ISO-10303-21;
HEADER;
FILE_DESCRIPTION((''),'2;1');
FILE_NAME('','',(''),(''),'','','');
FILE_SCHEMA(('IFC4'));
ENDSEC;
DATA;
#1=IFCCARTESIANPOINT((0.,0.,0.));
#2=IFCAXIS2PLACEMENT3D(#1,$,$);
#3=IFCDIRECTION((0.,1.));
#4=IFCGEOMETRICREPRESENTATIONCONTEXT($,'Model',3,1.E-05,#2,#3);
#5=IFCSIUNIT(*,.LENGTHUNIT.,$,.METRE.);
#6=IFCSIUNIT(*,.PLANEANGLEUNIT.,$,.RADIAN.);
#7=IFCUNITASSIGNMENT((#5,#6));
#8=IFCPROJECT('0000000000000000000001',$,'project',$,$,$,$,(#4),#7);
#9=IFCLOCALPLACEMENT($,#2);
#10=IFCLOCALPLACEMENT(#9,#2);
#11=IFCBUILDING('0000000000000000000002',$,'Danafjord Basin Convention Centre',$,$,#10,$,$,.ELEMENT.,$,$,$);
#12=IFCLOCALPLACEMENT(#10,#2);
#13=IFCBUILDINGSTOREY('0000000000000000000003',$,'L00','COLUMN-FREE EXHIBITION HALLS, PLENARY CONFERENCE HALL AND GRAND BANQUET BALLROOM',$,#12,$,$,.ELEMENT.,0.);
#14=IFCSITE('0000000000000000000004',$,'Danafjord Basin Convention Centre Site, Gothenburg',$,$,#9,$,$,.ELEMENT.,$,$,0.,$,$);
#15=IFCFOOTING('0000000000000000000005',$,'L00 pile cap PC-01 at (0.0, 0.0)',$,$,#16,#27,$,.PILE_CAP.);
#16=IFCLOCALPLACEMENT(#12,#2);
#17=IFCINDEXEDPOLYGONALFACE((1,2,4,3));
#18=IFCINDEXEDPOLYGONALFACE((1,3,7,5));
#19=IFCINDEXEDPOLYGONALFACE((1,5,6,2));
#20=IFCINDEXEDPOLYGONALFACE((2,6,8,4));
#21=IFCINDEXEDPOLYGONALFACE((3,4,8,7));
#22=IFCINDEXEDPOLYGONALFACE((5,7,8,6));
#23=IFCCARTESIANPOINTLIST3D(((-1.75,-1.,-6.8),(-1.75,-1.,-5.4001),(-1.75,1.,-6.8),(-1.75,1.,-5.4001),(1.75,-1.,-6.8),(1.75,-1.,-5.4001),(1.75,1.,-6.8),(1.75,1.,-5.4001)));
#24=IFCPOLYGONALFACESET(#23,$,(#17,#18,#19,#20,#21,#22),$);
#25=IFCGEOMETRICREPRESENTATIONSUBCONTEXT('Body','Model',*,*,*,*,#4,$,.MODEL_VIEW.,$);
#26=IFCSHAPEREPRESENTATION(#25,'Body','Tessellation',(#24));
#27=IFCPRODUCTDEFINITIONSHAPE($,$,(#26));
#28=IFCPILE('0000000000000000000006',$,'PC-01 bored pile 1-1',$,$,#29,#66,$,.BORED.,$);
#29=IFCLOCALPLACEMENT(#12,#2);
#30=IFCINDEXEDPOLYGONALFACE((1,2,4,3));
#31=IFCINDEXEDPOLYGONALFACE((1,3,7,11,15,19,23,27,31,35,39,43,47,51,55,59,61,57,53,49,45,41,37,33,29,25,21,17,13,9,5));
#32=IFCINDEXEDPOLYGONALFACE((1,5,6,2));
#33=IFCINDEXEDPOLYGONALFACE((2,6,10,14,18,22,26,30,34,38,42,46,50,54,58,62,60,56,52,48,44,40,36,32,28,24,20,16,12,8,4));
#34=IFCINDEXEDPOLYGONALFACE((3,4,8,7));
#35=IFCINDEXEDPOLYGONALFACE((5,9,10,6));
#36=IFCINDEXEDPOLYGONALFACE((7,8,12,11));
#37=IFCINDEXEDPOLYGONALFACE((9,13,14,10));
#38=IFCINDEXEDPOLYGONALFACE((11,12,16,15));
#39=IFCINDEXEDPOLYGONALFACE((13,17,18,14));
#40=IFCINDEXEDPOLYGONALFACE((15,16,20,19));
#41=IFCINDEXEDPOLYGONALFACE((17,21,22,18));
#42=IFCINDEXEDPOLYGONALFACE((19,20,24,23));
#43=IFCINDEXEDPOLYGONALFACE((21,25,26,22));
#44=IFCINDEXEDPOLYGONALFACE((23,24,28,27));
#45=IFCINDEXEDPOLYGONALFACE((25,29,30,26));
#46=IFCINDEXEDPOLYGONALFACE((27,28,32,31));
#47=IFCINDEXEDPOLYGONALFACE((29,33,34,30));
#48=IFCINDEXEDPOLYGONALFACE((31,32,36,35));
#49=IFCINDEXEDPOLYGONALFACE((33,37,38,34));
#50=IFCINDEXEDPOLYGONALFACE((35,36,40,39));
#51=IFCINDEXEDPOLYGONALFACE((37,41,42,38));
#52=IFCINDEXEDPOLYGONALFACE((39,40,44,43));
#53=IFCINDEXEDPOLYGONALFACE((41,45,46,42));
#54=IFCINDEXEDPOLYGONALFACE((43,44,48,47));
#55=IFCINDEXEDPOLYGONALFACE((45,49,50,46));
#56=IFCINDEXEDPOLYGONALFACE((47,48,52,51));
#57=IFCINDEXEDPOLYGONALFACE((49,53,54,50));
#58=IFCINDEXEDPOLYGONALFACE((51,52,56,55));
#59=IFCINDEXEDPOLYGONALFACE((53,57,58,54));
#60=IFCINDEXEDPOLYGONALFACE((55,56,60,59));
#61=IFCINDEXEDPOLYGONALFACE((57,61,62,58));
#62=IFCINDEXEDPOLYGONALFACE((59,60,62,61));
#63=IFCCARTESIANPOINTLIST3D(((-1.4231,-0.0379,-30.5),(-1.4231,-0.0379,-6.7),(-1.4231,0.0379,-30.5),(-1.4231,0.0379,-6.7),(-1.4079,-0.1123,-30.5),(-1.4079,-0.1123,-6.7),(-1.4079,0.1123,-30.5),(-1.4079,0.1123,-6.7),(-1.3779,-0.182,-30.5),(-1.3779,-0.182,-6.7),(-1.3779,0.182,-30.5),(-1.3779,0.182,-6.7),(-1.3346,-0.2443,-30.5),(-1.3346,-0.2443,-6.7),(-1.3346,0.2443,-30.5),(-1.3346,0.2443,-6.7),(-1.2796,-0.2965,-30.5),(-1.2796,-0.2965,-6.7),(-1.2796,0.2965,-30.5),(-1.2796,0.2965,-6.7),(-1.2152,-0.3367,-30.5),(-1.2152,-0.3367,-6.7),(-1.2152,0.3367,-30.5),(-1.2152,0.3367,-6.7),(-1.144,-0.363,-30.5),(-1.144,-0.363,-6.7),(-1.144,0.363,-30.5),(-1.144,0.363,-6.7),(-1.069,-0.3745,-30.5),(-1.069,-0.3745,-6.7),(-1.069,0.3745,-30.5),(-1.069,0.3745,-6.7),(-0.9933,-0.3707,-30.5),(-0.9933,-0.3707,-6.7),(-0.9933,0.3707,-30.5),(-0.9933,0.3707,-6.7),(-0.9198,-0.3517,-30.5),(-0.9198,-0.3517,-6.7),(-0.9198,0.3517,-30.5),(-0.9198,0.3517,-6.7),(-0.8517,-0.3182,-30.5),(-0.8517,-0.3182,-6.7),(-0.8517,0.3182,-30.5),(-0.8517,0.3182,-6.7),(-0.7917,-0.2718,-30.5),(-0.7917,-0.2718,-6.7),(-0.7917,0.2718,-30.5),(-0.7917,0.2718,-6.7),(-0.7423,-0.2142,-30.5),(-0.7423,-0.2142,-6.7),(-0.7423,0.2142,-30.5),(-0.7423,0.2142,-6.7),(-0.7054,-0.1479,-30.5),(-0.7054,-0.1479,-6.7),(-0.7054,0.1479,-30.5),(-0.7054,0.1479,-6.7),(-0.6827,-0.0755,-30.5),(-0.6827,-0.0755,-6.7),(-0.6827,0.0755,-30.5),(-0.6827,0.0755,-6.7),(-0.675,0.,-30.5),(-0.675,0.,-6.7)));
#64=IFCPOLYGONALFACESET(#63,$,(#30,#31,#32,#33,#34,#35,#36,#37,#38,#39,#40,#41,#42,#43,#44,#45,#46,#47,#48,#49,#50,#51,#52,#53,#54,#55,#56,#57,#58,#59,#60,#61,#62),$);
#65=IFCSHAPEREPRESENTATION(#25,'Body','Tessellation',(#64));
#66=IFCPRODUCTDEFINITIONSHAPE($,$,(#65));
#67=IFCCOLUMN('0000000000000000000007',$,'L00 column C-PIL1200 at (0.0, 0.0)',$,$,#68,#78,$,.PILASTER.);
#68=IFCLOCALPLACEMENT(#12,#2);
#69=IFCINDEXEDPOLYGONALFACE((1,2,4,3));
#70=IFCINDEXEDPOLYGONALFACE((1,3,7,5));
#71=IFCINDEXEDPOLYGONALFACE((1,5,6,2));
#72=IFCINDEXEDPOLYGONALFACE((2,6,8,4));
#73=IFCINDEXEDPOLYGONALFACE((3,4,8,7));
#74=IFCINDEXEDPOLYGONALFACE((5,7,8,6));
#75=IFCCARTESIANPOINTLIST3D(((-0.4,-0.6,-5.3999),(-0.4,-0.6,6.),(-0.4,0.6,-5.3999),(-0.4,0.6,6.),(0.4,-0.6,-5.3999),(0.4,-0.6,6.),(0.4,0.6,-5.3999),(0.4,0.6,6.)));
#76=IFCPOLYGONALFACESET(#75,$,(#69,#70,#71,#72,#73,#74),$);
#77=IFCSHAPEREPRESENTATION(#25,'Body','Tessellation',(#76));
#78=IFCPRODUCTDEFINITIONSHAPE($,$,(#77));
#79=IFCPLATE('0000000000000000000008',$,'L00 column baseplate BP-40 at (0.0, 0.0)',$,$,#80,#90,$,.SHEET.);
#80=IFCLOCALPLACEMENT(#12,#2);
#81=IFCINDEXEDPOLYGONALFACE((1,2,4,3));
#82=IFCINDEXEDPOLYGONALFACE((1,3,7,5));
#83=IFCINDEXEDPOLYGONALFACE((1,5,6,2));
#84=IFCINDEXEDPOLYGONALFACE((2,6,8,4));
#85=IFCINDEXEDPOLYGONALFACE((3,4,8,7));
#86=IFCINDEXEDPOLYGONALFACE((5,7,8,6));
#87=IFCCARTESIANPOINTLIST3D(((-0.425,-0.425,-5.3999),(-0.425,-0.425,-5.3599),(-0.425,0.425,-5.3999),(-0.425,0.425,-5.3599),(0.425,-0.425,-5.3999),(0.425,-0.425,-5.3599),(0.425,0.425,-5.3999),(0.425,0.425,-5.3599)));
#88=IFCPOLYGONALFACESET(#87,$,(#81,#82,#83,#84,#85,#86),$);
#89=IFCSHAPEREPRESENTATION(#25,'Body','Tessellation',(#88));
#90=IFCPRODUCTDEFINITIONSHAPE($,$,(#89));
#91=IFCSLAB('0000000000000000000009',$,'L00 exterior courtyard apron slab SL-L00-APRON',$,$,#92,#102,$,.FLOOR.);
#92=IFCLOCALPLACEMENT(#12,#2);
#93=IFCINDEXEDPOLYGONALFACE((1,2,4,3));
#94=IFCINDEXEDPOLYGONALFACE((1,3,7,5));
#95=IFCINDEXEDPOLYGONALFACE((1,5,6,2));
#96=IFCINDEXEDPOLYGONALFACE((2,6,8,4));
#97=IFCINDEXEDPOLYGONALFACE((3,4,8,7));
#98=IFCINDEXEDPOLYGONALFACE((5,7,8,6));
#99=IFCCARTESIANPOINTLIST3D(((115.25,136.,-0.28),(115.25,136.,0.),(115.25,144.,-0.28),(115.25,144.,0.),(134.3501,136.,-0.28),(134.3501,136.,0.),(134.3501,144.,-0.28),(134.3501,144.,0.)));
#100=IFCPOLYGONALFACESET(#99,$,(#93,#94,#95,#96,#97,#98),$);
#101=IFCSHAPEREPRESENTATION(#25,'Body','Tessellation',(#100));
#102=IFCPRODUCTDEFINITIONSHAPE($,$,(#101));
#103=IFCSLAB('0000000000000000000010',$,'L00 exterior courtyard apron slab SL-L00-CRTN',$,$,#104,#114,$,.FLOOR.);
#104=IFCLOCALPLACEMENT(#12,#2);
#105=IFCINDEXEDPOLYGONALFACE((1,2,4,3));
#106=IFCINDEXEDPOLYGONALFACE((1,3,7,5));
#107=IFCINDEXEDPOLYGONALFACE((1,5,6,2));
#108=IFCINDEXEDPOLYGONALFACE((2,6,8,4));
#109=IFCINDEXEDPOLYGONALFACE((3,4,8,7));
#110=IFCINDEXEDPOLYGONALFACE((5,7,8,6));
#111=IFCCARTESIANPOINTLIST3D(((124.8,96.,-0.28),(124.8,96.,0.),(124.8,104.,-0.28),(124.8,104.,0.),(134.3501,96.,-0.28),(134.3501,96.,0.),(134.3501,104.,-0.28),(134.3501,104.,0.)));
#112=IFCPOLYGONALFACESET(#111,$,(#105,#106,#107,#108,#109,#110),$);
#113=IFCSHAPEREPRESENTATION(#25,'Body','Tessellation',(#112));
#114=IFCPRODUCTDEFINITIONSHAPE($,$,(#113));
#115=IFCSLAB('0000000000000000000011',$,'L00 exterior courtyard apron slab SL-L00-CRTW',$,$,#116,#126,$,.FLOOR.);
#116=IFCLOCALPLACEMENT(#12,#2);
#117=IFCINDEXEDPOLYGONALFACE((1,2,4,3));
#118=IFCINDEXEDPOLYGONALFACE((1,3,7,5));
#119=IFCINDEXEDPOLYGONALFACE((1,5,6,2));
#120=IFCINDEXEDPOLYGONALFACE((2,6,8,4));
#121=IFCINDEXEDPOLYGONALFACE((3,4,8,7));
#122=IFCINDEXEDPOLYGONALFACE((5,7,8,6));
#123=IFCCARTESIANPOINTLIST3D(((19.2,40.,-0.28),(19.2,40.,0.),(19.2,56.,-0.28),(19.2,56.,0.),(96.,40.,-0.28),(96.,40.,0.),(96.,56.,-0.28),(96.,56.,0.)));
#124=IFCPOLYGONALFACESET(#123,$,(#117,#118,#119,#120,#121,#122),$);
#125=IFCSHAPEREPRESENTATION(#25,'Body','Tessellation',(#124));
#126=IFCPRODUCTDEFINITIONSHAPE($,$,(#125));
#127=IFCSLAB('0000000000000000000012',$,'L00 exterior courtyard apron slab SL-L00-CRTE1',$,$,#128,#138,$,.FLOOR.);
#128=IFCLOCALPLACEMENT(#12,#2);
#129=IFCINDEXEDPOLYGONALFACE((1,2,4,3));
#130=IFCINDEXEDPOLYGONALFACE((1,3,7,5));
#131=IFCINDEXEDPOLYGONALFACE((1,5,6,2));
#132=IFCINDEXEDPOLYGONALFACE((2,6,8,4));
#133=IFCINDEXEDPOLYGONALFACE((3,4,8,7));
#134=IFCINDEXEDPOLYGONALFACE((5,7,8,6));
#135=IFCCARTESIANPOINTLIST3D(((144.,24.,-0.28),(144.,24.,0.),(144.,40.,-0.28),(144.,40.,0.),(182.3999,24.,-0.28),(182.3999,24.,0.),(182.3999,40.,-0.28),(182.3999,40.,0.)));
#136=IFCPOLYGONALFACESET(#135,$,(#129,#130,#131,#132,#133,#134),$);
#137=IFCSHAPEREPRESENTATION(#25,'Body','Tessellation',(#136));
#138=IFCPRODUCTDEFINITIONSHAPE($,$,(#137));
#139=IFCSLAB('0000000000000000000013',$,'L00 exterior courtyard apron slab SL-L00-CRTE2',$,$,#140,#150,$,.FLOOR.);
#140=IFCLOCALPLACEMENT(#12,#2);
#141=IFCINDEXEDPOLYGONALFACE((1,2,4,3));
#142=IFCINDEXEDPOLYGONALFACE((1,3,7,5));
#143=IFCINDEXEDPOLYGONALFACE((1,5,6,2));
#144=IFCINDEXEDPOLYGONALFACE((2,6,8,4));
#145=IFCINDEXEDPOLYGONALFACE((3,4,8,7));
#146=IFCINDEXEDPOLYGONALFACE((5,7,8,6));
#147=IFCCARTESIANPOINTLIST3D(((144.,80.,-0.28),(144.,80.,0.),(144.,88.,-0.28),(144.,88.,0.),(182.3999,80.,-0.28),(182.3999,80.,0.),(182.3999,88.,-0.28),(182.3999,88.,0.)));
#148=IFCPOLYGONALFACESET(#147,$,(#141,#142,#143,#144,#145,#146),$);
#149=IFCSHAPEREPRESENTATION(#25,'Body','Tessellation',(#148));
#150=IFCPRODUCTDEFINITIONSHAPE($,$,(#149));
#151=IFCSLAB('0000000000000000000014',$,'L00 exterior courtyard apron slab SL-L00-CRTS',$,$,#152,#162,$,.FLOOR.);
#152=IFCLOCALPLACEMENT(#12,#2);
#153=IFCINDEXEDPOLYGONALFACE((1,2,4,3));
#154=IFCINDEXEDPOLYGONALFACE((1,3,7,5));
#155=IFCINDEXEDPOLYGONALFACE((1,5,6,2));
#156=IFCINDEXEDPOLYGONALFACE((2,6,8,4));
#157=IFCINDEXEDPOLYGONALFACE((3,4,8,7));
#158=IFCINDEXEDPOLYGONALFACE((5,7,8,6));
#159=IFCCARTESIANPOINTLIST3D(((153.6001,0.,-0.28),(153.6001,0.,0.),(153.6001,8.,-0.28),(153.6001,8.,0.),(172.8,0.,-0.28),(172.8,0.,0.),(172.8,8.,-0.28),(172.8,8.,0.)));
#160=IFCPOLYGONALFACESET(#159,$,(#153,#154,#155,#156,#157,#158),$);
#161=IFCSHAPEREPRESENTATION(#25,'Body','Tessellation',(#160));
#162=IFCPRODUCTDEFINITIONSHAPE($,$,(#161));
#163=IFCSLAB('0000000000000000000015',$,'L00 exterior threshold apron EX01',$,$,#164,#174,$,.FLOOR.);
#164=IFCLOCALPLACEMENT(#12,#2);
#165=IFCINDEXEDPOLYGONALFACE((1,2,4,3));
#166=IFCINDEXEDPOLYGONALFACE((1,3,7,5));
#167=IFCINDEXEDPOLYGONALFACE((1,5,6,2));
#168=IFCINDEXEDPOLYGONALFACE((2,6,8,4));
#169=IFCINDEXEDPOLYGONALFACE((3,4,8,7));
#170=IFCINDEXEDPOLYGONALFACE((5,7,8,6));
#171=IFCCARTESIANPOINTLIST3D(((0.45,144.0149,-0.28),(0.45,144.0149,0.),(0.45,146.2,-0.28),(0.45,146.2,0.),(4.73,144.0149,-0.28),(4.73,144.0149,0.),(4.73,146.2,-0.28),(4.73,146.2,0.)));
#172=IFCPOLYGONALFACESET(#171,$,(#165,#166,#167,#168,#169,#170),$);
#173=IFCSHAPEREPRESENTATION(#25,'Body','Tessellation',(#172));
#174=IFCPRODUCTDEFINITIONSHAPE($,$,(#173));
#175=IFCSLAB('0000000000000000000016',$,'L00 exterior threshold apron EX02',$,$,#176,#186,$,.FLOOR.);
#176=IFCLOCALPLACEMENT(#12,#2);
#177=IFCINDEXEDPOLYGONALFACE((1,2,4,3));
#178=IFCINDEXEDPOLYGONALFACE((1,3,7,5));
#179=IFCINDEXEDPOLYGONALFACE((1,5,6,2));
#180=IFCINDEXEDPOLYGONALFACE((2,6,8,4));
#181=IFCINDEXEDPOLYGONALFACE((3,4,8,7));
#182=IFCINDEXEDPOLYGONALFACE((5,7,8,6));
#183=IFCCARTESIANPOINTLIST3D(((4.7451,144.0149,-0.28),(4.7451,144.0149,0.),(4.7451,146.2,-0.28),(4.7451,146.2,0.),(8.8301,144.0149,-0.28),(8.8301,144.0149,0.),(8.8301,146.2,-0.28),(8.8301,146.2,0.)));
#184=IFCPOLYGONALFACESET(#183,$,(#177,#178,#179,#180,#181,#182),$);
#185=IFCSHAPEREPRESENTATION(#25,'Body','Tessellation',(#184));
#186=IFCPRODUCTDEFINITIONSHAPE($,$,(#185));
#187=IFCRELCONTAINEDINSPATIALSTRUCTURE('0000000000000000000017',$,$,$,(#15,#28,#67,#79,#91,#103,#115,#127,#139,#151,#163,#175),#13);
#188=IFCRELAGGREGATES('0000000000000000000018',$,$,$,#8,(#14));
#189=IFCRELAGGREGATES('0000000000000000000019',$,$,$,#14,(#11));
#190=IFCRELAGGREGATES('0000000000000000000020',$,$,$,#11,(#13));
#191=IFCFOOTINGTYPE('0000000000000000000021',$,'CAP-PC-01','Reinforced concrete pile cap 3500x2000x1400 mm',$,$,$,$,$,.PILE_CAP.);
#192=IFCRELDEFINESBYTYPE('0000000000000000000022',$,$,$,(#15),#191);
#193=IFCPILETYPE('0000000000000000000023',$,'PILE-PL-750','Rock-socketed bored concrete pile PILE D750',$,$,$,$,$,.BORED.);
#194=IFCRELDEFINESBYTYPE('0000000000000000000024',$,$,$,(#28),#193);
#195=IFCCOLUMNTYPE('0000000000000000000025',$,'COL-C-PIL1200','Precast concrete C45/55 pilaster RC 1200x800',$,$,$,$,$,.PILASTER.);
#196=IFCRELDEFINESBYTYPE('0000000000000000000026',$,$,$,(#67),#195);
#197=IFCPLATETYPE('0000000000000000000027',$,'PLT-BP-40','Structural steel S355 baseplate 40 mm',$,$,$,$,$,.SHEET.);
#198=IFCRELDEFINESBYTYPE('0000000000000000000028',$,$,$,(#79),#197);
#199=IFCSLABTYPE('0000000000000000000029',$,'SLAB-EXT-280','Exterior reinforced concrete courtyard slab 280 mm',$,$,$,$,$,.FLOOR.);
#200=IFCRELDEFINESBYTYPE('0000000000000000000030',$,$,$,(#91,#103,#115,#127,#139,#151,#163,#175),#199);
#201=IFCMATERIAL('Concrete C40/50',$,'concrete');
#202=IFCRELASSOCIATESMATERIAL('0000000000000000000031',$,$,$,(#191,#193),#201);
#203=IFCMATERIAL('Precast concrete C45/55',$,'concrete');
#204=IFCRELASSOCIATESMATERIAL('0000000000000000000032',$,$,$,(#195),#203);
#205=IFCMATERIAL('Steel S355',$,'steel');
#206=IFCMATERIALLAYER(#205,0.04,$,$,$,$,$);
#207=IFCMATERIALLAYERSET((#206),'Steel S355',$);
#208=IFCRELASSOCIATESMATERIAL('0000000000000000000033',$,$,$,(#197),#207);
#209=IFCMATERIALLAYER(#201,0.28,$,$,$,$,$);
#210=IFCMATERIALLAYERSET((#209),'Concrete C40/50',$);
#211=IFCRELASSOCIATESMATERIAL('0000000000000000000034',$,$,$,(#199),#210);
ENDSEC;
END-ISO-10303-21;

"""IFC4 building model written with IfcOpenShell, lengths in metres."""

from ifc_helpers import new_model, si_unit, direction, frame, origin, origin_2d, place, context, subcontext, project, spatial, polyline, rectangle, circle, outline, extrude, material, layer, layer_set, material_profile, profile_set, type_object, element, save


model = new_model("IFC4")

# Units and contexts
model_context = context("Model", 3, precision=1e-05, world=origin(), true_north=direction((0.0, 1.0)))
body_context = subcontext(model_context, "Body", "Model", "MODEL_VIEW")
ifc_project = project(units=[si_unit("LENGTHUNIT", "METRE"), si_unit("PLANEANGLEUNIT", "RADIAN")], contexts=[model_context])

# Site, building, storey
site_placement = place(None, origin())
site = spatial("IfcSite", under=ifc_project, at=site_placement, Name="Danafjord Basin Convention Centre Site, Gothenburg", CompositionType="ELEMENT", RefElevation=0.0)
building_placement = place(site_placement, origin())
building = spatial("IfcBuilding", under=site, at=building_placement, Name="Danafjord Basin Convention Centre", CompositionType="ELEMENT")
storey_placement = place(building_placement, origin())
storey = spatial("IfcBuildingStorey", under=building, at=storey_placement, Name="L00", Description="COLUMN-FREE EXHIBITION HALLS, PLENARY CONFERENCE HALL AND GRAND BANQUET BALLROOM", CompositionType="ELEMENT", Elevation=0.0)

# Footing
ifc_material_1 = material(Name="Concrete C40/50", Category="concrete")
footing_type = type_object("IfcFootingType", Name="CAP-PC-01", Description="Reinforced concrete pile cap 3500x2000x1400 mm", PredefinedType="PILE_CAP", material=ifc_material_1)
footing_placement = place(storey_placement, frame((0.0, 0.0, -6.8), z_axis=(0.0, 0.0, 1.0), x_axis=(1.0, 0.0, 0.0)))
element("IfcFooting", 1, at=footing_placement, inside=storey, type_object=footing_type, Name="L00 pile cap PC-01 at (0.0, 0.0)", PredefinedType="PILE_CAP", context=body_context, shape_type="SweptSolid", body=[
    extrude(rectangle(XDim=3.5, YDim=2.0, at=origin_2d()), origin(), (0.0, 0.0, 1.0), 1.3999),
])

# Pile
ifc_material_profile_1 = material_profile(ifc_material_1, circle(Radius=0.375, at=origin_2d()), Name="PILE D750")
ifc_profile_set_1 = profile_set([ifc_material_profile_1], Name="Concrete C40/50")
pile_type = type_object("IfcPileType", Name="PILE-PL-750", Description="Rock-socketed bored concrete pile PILE D750", PredefinedType="BORED", material=ifc_profile_set_1)
pile_placement = place(storey_placement, frame((-1.05, 0.0, -6.7), z_axis=(0.0, 0.0, -1.0), x_axis=(1.0, 0.0, 0.0)))
element("IfcPile", 2, at=pile_placement, inside=storey, type_object=pile_type, Name="PC-01 bored pile 1-1", PredefinedType="BORED", context=body_context, shape_type="SweptSolid", body=[
    extrude(circle(Radius=0.375, at=origin_2d()), origin(), (0.0, 0.0, 1.0), 23.8),
])

# Column
ifc_material_2 = material(Name="Precast concrete C45/55", Category="concrete")
ifc_material_profile_2 = material_profile(ifc_material_2, rectangle(XDim=0.8, YDim=1.2, at=origin_2d()), Name="RC 1200x800")
ifc_profile_set_2 = profile_set([ifc_material_profile_2], Name="Precast concrete C45/55")
column_type = type_object("IfcColumnType", Name="COL-C-PIL1200", Description="Precast concrete C45/55 pilaster RC 1200x800", PredefinedType="PILASTER", material=ifc_profile_set_2)
column_placement = place(storey_placement, frame((0.0, 0.0, -5.3999), z_axis=(0.0, 0.0, 1.0), x_axis=(1.0, 0.0, 0.0)))
element("IfcColumn", 3, at=column_placement, inside=storey, type_object=column_type, Name="L00 column C-PIL1200 at (0.0, 0.0)", PredefinedType="PILASTER", context=body_context, shape_type="SweptSolid", body=[
    extrude(rectangle(XDim=0.8, YDim=1.2, at=origin_2d()), origin(), (0.0, 0.0, 1.0), 11.3999),
])

# Plate
ifc_material_3 = material(Name="Steel S355", Category="steel")
ifc_layer_1 = layer(ifc_material_3, 0.04)
ifc_layer_set_1 = layer_set([ifc_layer_1], Name="Steel S355")
plate_type = type_object("IfcPlateType", Name="PLT-BP-40", Description="Structural steel S355 baseplate 40 mm", PredefinedType="SHEET", material=ifc_layer_set_1)
plate_placement = place(storey_placement, frame((0.0, 0.0, -5.3999), z_axis=(0.0, 0.0, 1.0), x_axis=(1.0, 0.0, 0.0)))
element("IfcPlate", 4, at=plate_placement, inside=storey, type_object=plate_type, Name="L00 column baseplate BP-40 at (0.0, 0.0)", PredefinedType="SHEET", context=body_context, shape_type="SweptSolid", body=[
    extrude(rectangle(XDim=0.8501, YDim=0.8501, at=origin_2d()), origin(), (0.0, 0.0, 1.0), 0.04),
])

# Slabs
ifc_layer_2 = layer(ifc_material_1, 0.28)
ifc_layer_set_2 = layer_set([ifc_layer_2], Name="Concrete C40/50")
slab_type_1 = type_object("IfcSlabType", Name="SLAB-EXT-280", Description="Exterior reinforced concrete courtyard slab 280 mm", PredefinedType="FLOOR", material=ifc_layer_set_2)
slab_1_placement = place(storey_placement, frame((0.0, 0.0, -0.28)))
element("IfcSlab", 5, at=slab_1_placement, inside=storey, type_object=slab_type_1, Name="L00 exterior courtyard apron slab SL-L00-APRON", PredefinedType="FLOOR", context=body_context, shape_type="SweptSolid", body=[
    extrude(outline(polyline([(115.25, 136.0), (115.25, 144.0), (134.3501, 144.0), (134.3501, 136.0), (115.25, 136.0)])), origin(), (0.0, 0.0, 1.0), 0.28),
])
slab_2_placement = place(storey_placement, frame((0.0, 0.0, -0.28)))
element("IfcSlab", 6, at=slab_2_placement, inside=storey, type_object=slab_type_1, Name="L00 exterior courtyard apron slab SL-L00-CRTN", PredefinedType="FLOOR", context=body_context, shape_type="SweptSolid", body=[
    extrude(outline(polyline([(124.8, 96.0), (124.8, 104.0), (134.3501, 104.0), (134.3501, 96.0), (124.8, 96.0)])), origin(), (0.0, 0.0, 1.0), 0.28),
])
slab_3_placement = place(storey_placement, frame((0.0, 0.0, -0.28)))
element("IfcSlab", 7, at=slab_3_placement, inside=storey, type_object=slab_type_1, Name="L00 exterior courtyard apron slab SL-L00-CRTW", PredefinedType="FLOOR", context=body_context, shape_type="SweptSolid", body=[
    extrude(outline(polyline([(19.2, 40.0), (19.2, 56.0), (96.0, 56.0), (96.0, 40.0), (19.2, 40.0)])), origin(), (0.0, 0.0, 1.0), 0.28),
])
slab_4_placement = place(storey_placement, frame((0.0, 0.0, -0.28)))
element("IfcSlab", 8, at=slab_4_placement, inside=storey, type_object=slab_type_1, Name="L00 exterior courtyard apron slab SL-L00-CRTE1", PredefinedType="FLOOR", context=body_context, shape_type="SweptSolid", body=[
    extrude(outline(polyline([(144.0, 24.0), (144.0, 40.0), (182.3999, 40.0), (182.3999, 24.0), (144.0, 24.0)])), origin(), (0.0, 0.0, 1.0), 0.28),
])
slab_5_placement = place(storey_placement, frame((0.0, 0.0, -0.28)))
element("IfcSlab", 9, at=slab_5_placement, inside=storey, type_object=slab_type_1, Name="L00 exterior courtyard apron slab SL-L00-CRTE2", PredefinedType="FLOOR", context=body_context, shape_type="SweptSolid", body=[
    extrude(outline(polyline([(144.0, 80.0), (144.0, 88.0), (182.3999, 88.0), (182.3999, 80.0), (144.0, 80.0)])), origin(), (0.0, 0.0, 1.0), 0.28),
])
slab_6_placement = place(storey_placement, frame((0.0, 0.0, -0.28)))
element("IfcSlab", 10, at=slab_6_placement, inside=storey, type_object=slab_type_1, Name="L00 exterior courtyard apron slab SL-L00-CRTS", PredefinedType="FLOOR", context=body_context, shape_type="SweptSolid", body=[
    extrude(outline(polyline([(153.6001, 0.0), (153.6001, 8.0), (172.8, 8.0), (172.8, 0.0), (153.6001, 0.0)])), origin(), (0.0, 0.0, 1.0), 0.28),
])
slab_7_placement = place(storey_placement, frame((0.0, 0.0, -0.28)))
element("IfcSlab", 11, at=slab_7_placement, inside=storey, type_object=slab_type_1, Name="L00 exterior threshold apron EX01", PredefinedType="FLOOR", context=body_context, shape_type="SweptSolid", body=[
    extrude(outline(polyline([(0.45, 146.2), (4.73, 146.2), (4.73, 144.0149), (0.45, 144.0149), (0.45, 146.2)])), origin(), (0.0, 0.0, 1.0), 0.28),
])
slab_8_placement = place(storey_placement, frame((0.0, 0.0, -0.28)))
element("IfcSlab", 12, at=slab_8_placement, inside=storey, type_object=slab_type_1, Name="L00 exterior threshold apron EX02", PredefinedType="FLOOR", context=body_context, shape_type="SweptSolid", body=[
    extrude(outline(polyline([(8.8301, 146.2), (8.8301, 144.0149), (4.7451, 144.0149), (4.7451, 146.2), (8.8301, 146.2)])), origin(), (0.0, 0.0, 1.0), 0.28),
])

save(model, "model.ifc")
